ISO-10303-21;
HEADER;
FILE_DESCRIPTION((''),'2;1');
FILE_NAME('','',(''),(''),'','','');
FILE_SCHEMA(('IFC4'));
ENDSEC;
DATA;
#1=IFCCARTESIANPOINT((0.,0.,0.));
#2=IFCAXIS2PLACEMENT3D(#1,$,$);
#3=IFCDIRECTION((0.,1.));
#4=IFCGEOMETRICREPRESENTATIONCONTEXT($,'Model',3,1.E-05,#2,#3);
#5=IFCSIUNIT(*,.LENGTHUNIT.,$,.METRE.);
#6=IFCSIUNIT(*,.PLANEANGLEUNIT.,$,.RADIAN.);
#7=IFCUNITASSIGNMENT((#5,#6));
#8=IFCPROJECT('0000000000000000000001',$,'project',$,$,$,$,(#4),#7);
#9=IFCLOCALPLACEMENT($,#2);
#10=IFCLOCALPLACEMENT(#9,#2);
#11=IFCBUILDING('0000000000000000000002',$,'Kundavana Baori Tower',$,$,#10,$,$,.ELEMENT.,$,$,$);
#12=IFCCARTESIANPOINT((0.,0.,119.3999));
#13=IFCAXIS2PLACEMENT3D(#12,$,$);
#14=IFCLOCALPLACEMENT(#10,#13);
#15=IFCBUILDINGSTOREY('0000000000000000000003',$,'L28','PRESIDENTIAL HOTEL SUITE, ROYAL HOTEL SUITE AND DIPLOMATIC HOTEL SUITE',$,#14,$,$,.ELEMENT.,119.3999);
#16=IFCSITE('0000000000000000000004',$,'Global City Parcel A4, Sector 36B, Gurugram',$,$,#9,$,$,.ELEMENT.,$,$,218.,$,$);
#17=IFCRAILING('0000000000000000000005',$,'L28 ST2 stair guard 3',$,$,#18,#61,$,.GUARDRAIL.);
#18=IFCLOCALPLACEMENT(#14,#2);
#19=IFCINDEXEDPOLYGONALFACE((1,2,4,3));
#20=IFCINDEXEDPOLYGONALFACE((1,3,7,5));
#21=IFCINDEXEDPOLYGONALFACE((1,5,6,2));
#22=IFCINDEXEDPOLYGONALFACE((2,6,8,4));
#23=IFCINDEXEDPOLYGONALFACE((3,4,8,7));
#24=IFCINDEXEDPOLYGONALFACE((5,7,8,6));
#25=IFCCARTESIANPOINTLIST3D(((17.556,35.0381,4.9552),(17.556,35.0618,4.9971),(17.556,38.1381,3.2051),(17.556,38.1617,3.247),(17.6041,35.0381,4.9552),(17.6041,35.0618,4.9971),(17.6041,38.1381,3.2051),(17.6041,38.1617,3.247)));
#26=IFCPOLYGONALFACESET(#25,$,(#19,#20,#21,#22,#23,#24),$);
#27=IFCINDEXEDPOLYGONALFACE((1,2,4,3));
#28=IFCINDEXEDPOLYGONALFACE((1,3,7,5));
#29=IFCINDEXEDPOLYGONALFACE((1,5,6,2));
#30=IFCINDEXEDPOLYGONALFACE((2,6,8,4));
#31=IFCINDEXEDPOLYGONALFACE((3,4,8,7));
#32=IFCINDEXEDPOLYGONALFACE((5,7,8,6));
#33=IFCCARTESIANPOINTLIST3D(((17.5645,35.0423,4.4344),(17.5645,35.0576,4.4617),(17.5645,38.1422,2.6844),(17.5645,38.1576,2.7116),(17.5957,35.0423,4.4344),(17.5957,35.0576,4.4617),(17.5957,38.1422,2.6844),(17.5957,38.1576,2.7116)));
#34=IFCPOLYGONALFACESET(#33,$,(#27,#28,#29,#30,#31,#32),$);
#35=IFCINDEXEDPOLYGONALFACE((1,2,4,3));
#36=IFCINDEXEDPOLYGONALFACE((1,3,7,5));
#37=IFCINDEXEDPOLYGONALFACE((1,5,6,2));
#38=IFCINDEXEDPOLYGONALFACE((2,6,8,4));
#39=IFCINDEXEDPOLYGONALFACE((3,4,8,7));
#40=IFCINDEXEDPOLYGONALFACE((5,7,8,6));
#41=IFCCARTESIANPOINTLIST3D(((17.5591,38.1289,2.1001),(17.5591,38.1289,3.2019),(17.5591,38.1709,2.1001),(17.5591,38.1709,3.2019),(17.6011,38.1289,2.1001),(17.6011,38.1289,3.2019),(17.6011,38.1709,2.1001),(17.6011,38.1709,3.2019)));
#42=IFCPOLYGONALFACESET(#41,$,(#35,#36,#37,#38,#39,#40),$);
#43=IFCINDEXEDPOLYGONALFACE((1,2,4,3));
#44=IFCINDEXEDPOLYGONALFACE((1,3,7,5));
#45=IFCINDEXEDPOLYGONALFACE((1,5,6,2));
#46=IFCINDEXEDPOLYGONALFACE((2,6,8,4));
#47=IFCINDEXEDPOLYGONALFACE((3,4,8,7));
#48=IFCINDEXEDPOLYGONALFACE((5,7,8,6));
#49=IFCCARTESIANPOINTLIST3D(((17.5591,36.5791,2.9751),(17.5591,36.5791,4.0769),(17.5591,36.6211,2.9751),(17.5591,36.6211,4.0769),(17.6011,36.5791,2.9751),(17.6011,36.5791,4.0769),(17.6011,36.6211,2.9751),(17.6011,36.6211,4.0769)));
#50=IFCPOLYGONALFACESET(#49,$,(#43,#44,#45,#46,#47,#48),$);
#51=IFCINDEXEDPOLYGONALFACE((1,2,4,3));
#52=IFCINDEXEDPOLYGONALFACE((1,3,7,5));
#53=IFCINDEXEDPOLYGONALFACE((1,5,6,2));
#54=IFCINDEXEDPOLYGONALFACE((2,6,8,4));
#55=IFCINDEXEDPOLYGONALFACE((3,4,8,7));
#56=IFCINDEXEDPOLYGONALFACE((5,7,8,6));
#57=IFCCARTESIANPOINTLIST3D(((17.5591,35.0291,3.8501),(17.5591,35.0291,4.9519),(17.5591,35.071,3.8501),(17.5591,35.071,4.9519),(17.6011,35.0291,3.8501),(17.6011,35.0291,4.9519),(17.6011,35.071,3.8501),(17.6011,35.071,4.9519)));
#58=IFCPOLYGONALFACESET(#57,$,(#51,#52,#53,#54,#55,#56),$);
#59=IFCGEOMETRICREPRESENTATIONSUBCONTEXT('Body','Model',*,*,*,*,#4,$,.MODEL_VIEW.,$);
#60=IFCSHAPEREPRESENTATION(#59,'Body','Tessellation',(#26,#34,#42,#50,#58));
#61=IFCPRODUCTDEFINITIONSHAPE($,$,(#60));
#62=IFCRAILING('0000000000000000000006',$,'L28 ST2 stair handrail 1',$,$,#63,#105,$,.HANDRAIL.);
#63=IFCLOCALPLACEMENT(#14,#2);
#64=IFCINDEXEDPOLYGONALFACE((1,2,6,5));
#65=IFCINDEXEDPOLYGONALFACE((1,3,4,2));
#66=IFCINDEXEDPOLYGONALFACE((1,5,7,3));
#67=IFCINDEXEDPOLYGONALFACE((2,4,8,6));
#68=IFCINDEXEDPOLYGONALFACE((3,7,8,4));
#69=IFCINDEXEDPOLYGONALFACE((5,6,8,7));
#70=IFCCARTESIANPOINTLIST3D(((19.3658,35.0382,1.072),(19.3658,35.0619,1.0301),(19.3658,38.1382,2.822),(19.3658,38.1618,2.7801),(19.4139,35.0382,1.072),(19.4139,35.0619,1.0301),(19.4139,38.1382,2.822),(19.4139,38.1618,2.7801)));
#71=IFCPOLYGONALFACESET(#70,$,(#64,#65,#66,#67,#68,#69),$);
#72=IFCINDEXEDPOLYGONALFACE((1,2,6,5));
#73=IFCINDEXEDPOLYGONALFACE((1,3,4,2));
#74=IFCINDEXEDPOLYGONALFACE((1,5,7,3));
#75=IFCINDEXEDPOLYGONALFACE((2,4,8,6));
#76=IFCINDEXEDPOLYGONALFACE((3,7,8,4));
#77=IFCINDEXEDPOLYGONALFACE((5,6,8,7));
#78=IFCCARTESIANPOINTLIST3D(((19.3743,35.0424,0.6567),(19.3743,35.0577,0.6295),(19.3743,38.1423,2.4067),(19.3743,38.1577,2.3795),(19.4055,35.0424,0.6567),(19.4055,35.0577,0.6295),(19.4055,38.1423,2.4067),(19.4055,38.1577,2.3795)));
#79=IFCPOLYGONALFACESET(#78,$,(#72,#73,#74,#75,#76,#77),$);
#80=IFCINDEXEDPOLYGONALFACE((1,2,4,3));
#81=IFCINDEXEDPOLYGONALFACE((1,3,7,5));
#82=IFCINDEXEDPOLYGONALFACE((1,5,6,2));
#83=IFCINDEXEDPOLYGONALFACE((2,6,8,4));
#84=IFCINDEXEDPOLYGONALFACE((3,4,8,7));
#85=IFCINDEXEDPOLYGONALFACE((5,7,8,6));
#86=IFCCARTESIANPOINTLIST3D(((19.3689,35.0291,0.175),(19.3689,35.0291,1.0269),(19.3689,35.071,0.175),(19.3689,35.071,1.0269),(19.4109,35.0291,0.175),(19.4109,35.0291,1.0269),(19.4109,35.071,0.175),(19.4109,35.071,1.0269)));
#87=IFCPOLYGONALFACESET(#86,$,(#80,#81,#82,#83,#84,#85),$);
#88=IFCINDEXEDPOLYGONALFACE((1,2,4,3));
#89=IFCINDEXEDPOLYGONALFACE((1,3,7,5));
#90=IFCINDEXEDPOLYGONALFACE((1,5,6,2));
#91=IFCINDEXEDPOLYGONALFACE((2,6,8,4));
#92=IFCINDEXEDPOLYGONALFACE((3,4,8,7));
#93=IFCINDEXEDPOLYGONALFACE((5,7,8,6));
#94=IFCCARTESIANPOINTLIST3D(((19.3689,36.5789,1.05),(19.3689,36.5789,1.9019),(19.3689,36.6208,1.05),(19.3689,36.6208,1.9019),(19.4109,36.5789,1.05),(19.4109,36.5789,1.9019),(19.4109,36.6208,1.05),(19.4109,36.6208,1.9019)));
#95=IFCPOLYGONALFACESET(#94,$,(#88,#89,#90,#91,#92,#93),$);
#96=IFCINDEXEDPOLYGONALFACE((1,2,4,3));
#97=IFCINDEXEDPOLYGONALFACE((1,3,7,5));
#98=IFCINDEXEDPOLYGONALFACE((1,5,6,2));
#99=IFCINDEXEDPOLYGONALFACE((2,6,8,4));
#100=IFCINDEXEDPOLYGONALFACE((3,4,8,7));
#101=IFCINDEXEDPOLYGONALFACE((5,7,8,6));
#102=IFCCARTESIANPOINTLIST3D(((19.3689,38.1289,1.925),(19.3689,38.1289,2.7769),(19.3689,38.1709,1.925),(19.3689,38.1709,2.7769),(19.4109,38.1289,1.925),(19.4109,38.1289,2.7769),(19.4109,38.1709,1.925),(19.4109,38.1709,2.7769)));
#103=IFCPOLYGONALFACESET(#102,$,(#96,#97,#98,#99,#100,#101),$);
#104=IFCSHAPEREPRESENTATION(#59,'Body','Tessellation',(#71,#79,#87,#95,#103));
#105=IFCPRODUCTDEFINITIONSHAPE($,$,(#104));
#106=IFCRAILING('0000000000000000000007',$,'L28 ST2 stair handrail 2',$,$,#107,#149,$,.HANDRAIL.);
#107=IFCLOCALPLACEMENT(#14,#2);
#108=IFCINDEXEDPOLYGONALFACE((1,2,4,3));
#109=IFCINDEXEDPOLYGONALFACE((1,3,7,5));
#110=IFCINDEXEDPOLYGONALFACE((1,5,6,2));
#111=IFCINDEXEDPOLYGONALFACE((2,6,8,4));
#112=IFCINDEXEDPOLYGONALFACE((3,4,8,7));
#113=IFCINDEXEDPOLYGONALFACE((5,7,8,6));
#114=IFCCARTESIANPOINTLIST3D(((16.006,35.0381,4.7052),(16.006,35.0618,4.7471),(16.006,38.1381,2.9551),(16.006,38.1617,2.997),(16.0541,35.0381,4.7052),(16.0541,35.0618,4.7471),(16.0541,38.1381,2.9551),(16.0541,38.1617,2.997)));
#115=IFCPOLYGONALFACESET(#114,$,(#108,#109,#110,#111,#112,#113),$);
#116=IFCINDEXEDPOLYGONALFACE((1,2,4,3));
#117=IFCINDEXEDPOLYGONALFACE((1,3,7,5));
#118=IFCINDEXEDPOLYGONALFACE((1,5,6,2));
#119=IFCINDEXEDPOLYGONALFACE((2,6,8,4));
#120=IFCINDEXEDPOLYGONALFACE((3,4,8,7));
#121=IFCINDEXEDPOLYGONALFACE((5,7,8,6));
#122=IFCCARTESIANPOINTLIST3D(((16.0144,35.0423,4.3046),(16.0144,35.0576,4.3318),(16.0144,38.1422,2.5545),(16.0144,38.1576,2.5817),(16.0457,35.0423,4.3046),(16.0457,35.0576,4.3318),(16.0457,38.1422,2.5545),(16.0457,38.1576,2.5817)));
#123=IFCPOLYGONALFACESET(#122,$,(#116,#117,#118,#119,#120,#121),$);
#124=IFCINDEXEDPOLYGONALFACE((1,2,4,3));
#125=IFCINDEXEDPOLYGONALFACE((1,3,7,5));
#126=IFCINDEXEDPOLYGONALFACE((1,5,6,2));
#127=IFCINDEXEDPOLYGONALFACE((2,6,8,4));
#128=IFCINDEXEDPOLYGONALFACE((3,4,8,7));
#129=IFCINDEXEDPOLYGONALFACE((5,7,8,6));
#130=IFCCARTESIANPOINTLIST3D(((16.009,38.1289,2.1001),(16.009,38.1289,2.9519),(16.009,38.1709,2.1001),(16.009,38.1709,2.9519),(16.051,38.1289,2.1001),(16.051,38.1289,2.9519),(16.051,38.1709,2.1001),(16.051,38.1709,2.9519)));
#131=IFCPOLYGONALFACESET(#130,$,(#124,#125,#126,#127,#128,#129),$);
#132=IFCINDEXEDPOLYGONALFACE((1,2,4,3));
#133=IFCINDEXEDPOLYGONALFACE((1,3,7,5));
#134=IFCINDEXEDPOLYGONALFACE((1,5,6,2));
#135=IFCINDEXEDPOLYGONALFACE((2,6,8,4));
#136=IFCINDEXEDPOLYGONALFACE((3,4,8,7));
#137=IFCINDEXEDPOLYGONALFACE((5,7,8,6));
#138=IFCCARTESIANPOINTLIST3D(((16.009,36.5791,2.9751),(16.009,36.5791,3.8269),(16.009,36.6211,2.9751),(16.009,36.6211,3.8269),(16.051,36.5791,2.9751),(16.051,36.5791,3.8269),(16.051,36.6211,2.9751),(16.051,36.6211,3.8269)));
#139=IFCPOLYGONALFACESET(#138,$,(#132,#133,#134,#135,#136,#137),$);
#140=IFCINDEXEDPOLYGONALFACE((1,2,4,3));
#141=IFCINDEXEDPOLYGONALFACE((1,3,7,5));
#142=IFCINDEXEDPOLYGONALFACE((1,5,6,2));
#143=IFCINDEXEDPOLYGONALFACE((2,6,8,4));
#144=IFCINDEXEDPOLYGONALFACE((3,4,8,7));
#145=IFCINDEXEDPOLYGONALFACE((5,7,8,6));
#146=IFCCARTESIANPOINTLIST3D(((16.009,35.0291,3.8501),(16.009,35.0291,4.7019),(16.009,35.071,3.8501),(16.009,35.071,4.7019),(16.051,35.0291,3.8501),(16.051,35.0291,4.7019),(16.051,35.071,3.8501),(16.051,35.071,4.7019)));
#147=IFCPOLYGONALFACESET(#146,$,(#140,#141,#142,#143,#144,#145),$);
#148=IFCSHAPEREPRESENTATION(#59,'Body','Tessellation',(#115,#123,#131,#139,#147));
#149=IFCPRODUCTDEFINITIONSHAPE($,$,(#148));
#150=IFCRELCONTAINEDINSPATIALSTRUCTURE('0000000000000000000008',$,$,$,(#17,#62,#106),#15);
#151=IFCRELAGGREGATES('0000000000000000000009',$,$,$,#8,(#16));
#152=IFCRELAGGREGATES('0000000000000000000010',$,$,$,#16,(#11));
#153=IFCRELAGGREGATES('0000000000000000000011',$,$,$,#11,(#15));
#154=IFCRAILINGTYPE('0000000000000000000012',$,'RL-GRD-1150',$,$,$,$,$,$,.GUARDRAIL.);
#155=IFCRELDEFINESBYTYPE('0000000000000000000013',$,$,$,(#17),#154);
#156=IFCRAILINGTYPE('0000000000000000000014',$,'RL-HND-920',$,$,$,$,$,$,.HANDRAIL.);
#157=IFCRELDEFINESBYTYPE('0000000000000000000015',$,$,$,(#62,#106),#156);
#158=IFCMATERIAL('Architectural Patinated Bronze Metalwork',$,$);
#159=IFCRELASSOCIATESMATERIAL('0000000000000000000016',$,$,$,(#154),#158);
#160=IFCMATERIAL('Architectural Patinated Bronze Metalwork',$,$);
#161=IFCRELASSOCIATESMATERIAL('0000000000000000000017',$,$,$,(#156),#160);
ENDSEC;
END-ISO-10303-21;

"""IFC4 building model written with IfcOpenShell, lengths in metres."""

from ifc_helpers import new_model, si_unit, direction, frame, origin, origin_2d, place, context, subcontext, project, spatial, rectangle, extrude, material, type_object, element, save


model = new_model("IFC4")

# Units and contexts
model_context = context("Model", 3, precision=1e-05, world=origin(), true_north=direction((0.0, 1.0)))
body_context = subcontext(model_context, "Body", "Model", "MODEL_VIEW")
ifc_project = project(units=[si_unit("LENGTHUNIT", "METRE"), si_unit("PLANEANGLEUNIT", "RADIAN")], contexts=[model_context])

# Site, building, storey
site_placement = place(None, origin())
site = spatial("IfcSite", under=ifc_project, at=site_placement, Name="Global City Parcel A4, Sector 36B, Gurugram", CompositionType="ELEMENT", RefElevation=218.0)
building_placement = place(site_placement, origin())
building = spatial("IfcBuilding", under=site, at=building_placement, Name="Kundavana Baori Tower", CompositionType="ELEMENT")
storey_placement = place(building_placement, frame((0.0, 0.0, 119.3999)))
storey = spatial("IfcBuildingStorey", under=building, at=storey_placement, Name="L28", Description="PRESIDENTIAL HOTEL SUITE, ROYAL HOTEL SUITE AND DIPLOMATIC HOTEL SUITE", CompositionType="ELEMENT", Elevation=119.3999)

# Railings
ifc_material_1 = material(Name="Architectural Patinated Bronze Metalwork")
railing_type_1 = type_object("IfcRailingType", Name="RL-GRD-1150", PredefinedType="GUARDRAIL", material=ifc_material_1)
railing_1_placement = place(storey_placement, frame((17.5801, 38.1499, 2.1001)))
element("IfcRailing", 1, at=railing_1_placement, inside=storey, type_object=railing_type_1, Name="L28 ST2 stair guard 3", PredefinedType="GUARDRAIL", context=body_context, shape_type="SweptSolid", body=[
    extrude(rectangle(XDim=0.0481, YDim=0.0481, at=origin_2d()), frame((0.0, 0.0, 1.126), z_axis=(0.0, -0.870814, 0.491612), x_axis=(1.0, 0.0, 0.0)), (0.0, 0.0, 1.0), 3.5598),
    extrude(rectangle(XDim=0.0312, YDim=0.0312, at=origin_2d()), frame((0.0, 0.0, 0.5979), z_axis=(0.0, -0.870814, 0.491612), x_axis=(1.0, 0.0, 0.0)), (0.0, 0.0, 1.0), 3.5598),
    extrude(rectangle(XDim=0.042, YDim=0.042, at=origin_2d()), origin(), (0.0, 0.0, 1.0), 1.1018),
    extrude(rectangle(XDim=0.042, YDim=0.042, at=origin_2d()), frame((0.0, -1.5498, 0.875)), (0.0, 0.0, 1.0), 1.1018),
    extrude(rectangle(XDim=0.042, YDim=0.042, at=origin_2d()), frame((0.0, -3.0999, 1.75)), (0.0, 0.0, 1.0), 1.1018),
])
ifc_material_2 = material(Name="Architectural Patinated Bronze Metalwork")
railing_type_2 = type_object("IfcRailingType", Name="RL-HND-920", PredefinedType="HANDRAIL", material=ifc_material_2)
railing_2_placement = place(storey_placement, frame((19.3899, 35.05, 0.175)))
element("IfcRailing", 2, at=railing_2_placement, inside=storey, type_object=railing_type_2, Name="L28 ST2 stair handrail 1", PredefinedType="HANDRAIL", context=body_context, shape_type="SweptSolid", body=[
    extrude(rectangle(XDim=0.0481, YDim=0.0481, at=origin_2d()), frame((0.0, 0.0, 0.876), z_axis=(0.0, 0.870814, 0.491612), x_axis=(-1.0, 0.0, 0.0)), (0.0, 0.0, 1.0), 3.5598),
    extrude(rectangle(XDim=0.0312, YDim=0.0312, at=origin_2d()), frame((0.0, 0.0, 0.468), z_axis=(0.0, 0.870814, 0.491612), x_axis=(-1.0, 0.0, 0.0)), (0.0, 0.0, 1.0), 3.5598),
    extrude(rectangle(XDim=0.042, YDim=0.042, at=origin_2d()), origin(), (0.0, 0.0, 1.0), 0.8518),
    extrude(rectangle(XDim=0.042, YDim=0.042, at=origin_2d()), frame((0.0, 1.5498, 0.875)), (0.0, 0.0, 1.0), 0.8518),
    extrude(rectangle(XDim=0.042, YDim=0.042, at=origin_2d()), frame((0.0, 3.0999, 1.75)), (0.0, 0.0, 1.0), 0.8518),
])
railing_3_placement = place(storey_placement, frame((16.03, 38.1499, 2.1001)))
element("IfcRailing", 3, at=railing_3_placement, inside=storey, type_object=railing_type_2, Name="L28 ST2 stair handrail 2", PredefinedType="HANDRAIL", context=body_context, shape_type="SweptSolid", body=[
    extrude(rectangle(XDim=0.0481, YDim=0.0481, at=origin_2d()), frame((0.0, 0.0, 0.876), z_axis=(0.0, -0.870814, 0.491612), x_axis=(1.0, 0.0, 0.0)), (0.0, 0.0, 1.0), 3.5598),
    extrude(rectangle(XDim=0.0312, YDim=0.0312, at=origin_2d()), frame((0.0, 0.0, 0.468), z_axis=(0.0, -0.870814, 0.491612), x_axis=(1.0, 0.0, 0.0)), (0.0, 0.0, 1.0), 3.5598),
    extrude(rectangle(XDim=0.042, YDim=0.042, at=origin_2d()), origin(), (0.0, 0.0, 1.0), 0.8518),
    extrude(rectangle(XDim=0.042, YDim=0.042, at=origin_2d()), frame((0.0, -1.5498, 0.875)), (0.0, 0.0, 1.0), 0.8518),
    extrude(rectangle(XDim=0.042, YDim=0.042, at=origin_2d()), frame((0.0, -3.0999, 1.75)), (0.0, 0.0, 1.0), 0.8518),
])

save(model, "model.ifc")
